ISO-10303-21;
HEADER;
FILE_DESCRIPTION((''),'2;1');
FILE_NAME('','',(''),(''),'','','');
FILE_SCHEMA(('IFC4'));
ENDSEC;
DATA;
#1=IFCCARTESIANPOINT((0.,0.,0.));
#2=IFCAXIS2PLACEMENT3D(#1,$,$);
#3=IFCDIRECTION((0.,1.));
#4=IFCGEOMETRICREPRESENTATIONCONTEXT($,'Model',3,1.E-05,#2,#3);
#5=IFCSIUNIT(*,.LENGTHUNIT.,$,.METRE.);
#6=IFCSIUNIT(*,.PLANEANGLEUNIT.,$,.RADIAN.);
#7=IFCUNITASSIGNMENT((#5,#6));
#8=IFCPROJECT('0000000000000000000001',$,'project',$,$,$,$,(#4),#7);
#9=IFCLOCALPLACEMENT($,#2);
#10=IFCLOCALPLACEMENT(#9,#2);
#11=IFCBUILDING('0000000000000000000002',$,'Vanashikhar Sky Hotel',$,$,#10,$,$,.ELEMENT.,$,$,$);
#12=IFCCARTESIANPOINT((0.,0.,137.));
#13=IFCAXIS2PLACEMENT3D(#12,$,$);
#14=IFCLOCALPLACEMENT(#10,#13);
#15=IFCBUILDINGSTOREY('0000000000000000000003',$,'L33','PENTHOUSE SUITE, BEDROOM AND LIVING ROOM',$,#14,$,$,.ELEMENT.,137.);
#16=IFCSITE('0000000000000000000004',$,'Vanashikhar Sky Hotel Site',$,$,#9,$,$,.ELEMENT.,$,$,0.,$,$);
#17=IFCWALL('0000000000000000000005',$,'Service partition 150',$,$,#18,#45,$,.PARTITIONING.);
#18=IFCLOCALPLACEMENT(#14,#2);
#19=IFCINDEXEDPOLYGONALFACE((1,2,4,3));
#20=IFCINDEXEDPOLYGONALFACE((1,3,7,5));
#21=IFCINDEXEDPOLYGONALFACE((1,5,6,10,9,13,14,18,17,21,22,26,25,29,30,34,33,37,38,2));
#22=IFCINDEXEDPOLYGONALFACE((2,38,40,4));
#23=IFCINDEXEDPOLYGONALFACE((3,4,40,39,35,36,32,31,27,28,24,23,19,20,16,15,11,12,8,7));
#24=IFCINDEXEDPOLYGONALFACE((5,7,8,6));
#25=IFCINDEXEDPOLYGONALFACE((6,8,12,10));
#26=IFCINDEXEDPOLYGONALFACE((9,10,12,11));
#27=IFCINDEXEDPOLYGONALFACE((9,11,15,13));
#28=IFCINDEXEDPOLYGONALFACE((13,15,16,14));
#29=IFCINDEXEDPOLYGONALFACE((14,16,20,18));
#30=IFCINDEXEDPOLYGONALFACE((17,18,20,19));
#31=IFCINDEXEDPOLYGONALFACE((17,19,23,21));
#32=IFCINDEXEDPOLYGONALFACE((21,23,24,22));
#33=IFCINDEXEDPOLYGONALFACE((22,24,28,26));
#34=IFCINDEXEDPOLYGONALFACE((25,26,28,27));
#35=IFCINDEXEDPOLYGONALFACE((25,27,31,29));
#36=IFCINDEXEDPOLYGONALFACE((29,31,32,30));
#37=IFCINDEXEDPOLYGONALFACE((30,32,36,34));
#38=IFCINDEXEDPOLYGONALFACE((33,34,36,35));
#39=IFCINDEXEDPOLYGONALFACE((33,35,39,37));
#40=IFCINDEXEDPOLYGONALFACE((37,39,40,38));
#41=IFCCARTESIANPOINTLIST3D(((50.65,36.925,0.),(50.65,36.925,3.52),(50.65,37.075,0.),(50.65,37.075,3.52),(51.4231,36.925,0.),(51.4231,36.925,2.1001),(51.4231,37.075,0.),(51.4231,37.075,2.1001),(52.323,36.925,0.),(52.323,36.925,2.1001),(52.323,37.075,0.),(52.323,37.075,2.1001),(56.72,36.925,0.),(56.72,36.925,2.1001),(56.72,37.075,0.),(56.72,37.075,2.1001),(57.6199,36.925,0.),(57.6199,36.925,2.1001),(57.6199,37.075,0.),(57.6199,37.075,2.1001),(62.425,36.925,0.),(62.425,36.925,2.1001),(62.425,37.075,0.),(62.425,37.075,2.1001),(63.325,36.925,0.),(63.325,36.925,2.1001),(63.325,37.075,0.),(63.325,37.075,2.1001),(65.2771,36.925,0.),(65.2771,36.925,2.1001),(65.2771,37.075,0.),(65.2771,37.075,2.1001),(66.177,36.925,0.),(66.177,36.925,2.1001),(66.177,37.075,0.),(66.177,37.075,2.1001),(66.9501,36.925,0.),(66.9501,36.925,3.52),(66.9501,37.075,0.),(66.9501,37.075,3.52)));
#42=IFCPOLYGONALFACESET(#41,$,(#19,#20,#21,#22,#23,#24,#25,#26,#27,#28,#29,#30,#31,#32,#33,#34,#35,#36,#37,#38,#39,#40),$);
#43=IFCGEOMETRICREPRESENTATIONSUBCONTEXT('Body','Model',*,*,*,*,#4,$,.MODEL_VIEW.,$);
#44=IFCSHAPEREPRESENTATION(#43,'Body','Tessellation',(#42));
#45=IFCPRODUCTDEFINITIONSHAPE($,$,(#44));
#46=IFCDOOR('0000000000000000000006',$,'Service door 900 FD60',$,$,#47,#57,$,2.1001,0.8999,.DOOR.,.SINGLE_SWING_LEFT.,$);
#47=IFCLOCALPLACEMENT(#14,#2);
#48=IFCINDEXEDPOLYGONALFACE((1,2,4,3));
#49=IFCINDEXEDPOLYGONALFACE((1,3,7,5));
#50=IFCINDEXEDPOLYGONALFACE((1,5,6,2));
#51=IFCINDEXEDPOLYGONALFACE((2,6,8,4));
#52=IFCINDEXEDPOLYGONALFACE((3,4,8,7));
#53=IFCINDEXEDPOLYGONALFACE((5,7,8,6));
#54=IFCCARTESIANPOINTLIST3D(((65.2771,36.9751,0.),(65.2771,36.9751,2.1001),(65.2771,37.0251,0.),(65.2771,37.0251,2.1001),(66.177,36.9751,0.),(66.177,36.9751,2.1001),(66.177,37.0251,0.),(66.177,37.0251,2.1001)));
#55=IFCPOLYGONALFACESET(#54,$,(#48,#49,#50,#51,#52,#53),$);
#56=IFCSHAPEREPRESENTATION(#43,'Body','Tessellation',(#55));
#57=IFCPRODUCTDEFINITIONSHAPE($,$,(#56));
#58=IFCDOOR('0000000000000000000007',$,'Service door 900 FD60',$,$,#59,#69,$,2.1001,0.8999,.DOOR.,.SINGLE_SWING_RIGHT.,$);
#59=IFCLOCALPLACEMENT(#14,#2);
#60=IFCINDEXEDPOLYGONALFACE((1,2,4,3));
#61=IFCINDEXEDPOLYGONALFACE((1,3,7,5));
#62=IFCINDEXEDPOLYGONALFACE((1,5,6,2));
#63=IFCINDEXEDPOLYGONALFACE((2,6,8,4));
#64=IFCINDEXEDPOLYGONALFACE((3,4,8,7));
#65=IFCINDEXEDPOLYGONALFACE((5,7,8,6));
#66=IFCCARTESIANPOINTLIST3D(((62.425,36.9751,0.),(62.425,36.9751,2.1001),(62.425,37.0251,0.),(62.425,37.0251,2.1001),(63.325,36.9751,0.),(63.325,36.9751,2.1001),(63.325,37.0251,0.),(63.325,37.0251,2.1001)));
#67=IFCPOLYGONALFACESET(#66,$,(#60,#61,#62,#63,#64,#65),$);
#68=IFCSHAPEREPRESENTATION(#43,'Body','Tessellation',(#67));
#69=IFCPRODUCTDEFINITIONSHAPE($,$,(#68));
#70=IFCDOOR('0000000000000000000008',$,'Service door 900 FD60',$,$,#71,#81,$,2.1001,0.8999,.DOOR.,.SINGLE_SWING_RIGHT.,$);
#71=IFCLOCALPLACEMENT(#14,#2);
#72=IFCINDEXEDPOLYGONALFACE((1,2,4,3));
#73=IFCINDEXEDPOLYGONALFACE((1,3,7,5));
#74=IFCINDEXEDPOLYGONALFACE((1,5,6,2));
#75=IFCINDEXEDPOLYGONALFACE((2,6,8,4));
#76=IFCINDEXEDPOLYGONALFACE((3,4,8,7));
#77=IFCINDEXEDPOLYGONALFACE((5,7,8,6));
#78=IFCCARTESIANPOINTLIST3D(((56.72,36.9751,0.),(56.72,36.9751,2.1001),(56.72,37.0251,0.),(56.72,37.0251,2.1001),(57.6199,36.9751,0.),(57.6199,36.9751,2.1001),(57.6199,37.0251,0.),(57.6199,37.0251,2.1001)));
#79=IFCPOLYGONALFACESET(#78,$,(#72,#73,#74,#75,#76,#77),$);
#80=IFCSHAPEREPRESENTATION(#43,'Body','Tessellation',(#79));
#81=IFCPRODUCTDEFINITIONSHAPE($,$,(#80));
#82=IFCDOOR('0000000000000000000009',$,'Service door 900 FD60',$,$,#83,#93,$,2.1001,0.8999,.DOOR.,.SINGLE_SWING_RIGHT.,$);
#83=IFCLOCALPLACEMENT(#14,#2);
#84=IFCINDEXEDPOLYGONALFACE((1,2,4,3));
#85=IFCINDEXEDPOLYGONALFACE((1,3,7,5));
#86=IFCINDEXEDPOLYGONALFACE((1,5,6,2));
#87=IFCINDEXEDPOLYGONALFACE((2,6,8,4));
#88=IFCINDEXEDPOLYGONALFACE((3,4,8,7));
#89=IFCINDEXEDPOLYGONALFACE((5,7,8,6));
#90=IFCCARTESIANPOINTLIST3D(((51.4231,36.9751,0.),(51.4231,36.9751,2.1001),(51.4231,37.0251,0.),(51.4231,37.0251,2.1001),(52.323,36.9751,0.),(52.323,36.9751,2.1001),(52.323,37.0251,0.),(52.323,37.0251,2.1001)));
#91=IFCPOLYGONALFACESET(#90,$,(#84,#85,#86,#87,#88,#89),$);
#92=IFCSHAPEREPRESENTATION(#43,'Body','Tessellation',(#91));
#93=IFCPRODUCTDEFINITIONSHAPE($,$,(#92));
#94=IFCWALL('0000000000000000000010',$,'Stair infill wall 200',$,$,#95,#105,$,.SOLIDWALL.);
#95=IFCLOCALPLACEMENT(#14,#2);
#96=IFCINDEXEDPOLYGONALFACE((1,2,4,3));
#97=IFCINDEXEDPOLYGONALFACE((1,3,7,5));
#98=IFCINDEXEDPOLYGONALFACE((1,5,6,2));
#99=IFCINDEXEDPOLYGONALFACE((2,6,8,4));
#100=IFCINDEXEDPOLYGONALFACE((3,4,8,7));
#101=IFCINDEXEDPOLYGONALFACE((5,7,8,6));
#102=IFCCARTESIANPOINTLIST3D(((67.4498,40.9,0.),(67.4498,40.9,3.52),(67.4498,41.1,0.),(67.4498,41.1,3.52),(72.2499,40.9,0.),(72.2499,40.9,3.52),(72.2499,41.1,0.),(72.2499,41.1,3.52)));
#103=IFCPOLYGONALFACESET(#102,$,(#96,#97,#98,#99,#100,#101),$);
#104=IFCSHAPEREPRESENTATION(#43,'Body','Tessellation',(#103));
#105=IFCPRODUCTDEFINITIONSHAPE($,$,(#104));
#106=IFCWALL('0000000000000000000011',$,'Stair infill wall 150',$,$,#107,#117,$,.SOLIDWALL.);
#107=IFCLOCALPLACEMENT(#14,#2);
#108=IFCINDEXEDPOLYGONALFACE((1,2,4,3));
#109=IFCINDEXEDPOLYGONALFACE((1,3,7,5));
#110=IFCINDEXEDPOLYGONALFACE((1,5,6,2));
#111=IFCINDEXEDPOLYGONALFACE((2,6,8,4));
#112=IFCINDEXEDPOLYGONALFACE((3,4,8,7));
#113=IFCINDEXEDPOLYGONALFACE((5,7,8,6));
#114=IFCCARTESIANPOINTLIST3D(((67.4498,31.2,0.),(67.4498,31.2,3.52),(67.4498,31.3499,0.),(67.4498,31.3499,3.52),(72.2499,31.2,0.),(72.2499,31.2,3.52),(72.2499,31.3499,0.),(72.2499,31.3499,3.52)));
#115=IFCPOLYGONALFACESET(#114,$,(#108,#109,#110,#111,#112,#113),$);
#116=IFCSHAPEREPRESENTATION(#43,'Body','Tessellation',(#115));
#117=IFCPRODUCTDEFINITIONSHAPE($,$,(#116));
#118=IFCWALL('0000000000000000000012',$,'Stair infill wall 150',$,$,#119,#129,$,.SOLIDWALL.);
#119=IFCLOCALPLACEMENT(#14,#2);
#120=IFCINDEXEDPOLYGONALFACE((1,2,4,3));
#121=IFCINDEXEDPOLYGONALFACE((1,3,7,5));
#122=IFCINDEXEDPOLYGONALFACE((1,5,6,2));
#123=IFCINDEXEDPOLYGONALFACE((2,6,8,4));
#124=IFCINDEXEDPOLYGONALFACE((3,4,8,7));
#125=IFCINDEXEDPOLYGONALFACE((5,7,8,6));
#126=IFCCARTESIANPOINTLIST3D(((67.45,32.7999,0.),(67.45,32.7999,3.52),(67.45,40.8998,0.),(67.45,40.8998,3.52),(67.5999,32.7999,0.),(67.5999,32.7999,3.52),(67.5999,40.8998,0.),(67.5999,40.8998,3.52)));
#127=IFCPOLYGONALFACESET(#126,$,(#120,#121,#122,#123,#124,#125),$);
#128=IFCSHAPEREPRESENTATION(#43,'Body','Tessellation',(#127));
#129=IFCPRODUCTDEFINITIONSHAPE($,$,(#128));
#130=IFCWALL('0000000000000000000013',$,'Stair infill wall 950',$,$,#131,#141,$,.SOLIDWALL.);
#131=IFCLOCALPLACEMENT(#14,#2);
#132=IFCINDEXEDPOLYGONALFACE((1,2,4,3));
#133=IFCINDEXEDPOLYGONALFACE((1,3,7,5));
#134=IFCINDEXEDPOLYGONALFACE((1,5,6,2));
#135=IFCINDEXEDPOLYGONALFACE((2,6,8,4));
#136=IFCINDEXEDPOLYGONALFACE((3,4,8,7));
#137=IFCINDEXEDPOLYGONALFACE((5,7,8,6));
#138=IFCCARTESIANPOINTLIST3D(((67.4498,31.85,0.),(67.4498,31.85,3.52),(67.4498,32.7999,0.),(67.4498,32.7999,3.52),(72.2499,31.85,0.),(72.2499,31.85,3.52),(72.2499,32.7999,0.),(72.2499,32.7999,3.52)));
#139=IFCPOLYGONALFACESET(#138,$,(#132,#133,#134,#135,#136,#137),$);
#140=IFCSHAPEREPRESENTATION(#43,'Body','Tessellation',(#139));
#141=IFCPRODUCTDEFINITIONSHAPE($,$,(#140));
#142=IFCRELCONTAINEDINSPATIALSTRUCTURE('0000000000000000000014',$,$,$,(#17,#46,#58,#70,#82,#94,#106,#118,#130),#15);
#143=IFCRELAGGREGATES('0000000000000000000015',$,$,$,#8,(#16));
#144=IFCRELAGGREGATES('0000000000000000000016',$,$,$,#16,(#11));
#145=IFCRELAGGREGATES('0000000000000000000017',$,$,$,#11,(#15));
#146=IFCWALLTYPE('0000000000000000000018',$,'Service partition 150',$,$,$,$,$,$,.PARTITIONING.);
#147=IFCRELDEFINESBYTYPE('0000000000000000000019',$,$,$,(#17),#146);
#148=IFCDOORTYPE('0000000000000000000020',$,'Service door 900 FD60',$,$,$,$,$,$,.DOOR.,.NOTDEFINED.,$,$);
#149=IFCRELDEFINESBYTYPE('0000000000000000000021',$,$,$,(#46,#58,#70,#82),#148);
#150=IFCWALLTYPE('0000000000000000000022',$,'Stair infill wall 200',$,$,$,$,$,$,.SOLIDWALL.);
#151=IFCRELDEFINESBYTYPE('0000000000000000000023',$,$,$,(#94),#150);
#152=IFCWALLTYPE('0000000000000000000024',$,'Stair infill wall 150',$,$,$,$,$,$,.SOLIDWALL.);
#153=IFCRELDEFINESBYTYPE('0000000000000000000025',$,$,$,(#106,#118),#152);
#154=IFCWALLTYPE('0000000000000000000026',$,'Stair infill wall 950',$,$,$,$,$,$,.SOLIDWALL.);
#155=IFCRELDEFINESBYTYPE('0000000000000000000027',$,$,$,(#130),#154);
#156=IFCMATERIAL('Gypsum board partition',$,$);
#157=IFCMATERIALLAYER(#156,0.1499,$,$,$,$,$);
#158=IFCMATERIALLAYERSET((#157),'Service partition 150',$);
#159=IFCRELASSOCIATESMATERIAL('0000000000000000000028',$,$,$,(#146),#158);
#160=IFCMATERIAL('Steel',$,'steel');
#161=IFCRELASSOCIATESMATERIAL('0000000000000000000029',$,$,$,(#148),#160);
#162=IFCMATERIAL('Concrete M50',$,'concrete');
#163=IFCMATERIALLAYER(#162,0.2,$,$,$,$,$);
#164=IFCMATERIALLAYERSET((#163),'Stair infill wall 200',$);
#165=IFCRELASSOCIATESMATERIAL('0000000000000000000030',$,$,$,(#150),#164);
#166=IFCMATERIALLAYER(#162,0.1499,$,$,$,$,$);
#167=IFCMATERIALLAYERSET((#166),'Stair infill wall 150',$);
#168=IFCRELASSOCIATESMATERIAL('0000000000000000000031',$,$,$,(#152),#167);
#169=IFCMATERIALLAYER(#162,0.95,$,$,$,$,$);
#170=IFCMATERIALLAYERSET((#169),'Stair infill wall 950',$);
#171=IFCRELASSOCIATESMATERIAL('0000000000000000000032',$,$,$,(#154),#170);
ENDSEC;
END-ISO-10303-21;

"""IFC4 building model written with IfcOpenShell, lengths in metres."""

from ifc_helpers import new_model, si_unit, direction, frame, frame_2d, origin, place, context, subcontext, project, spatial, rectangle, extrude, source, transform, mapped, material, layer, layer_set, type_object, element, fill, save


model = new_model("IFC4")

# Units and contexts
model_context = context("Model", 3, precision=1e-05, world=origin(), true_north=direction((0.0, 1.0)))
body_context = subcontext(model_context, "Body", "Model", "MODEL_VIEW")
ifc_project = project(units=[si_unit("LENGTHUNIT", "METRE"), si_unit("PLANEANGLEUNIT", "RADIAN")], contexts=[model_context])

# Site, building, storey
site_placement = place(None, origin())
site = spatial("IfcSite", under=ifc_project, at=site_placement, Name="Vanashikhar Sky Hotel Site", CompositionType="ELEMENT", RefElevation=0.0)
building_placement = place(site_placement, origin())
building = spatial("IfcBuilding", under=site, at=building_placement, Name="Vanashikhar Sky Hotel", CompositionType="ELEMENT")
storey_placement = place(building_placement, frame((0.0, 0.0, 137.0)))
storey = spatial("IfcBuildingStorey", under=building, at=storey_placement, Name="L33", Description="PENTHOUSE SUITE, BEDROOM AND LIVING ROOM", CompositionType="ELEMENT", Elevation=137.0)

# Shared definitions
ifc_material_1 = material(Name="Gypsum board partition")
ifc_layer_1 = layer(ifc_material_1, 0.1499)
ifc_layer_set_1 = layer_set([ifc_layer_1], Name="Service partition 150")
wall_type_1 = type_object("IfcWallType", Name="Service partition 150", PredefinedType="PARTITIONING", material=ifc_layer_set_1)
shared_shape_1 = source(origin(), body_context, "Body", "SweptSolid", [
    extrude(rectangle(XDim=0.8999, YDim=2.1001, at=frame_2d((0.45, 1.05))), frame((0.0, 0.085, 0.0), z_axis=(0.0, -1.0, 0.0), x_axis=(1.0, 0.0, 0.0)), (0.0, 0.0, 1.0), 0.1699),
])
ifc_material_2 = material(Name="Steel", Category="steel")
door_type_1 = type_object("IfcDoorType", Name="Service door 900 FD60", OperationType="NOTDEFINED", PredefinedType="DOOR", material=ifc_material_2)
shared_shape_2 = source(origin(), body_context, "Body", "SweptSolid", [
    extrude(rectangle(XDim=0.8999, YDim=2.1001, at=frame_2d((0.45, 1.05))), frame((0.0, 0.0249, 0.0), z_axis=(0.0, -1.0, 0.0), x_axis=(1.0, 0.0, 0.0)), (0.0, 0.0, 1.0), 0.05),
])

# Wall, openings, doors
shared_shape_3 = source(origin(), body_context, "Body", "SweptSolid", [
    extrude(rectangle(XDim=16.3, YDim=0.1499, at=frame_2d((8.1499, 0.0))), origin(), (0.0, 0.0, 1.0), 3.52),
])
wall_1_placement = place(storey_placement, frame((66.95, 37.0, 0.0), z_axis=(0.0, 0.0, 1.0), x_axis=(-1.0, 0.0, 0.0)))
wall_1 = element("IfcWall", 1, at=wall_1_placement, inside=storey, type_object=wall_type_1, Name="Service partition 150", PredefinedType="PARTITIONING", context=body_context, shape_type="MappedRepresentation", body=[
    mapped(shared_shape_3, transform((0.0, 0.0, 0.0), scale=1.0)),
])
opening_1_placement = place(wall_1_placement, frame((0.7729, 0.0, 0.0)))
opening_1 = element("IfcOpeningElement", 2, at=opening_1_placement, cuts=wall_1, PredefinedType="OPENING", context=body_context, shape_type="MappedRepresentation", body=[
    mapped(shared_shape_1, transform((0.0, 0.0, 0.0), scale=1.0)),
])
opening_2_placement = place(wall_1_placement, frame((3.625, 0.0, 0.0)))
opening_2 = element("IfcOpeningElement", 3, at=opening_2_placement, cuts=wall_1, PredefinedType="OPENING", context=body_context, shape_type="MappedRepresentation", body=[
    mapped(shared_shape_1, transform((0.0, 0.0, 0.0), scale=1.0)),
])
opening_3_placement = place(wall_1_placement, frame((9.3301, 0.0, 0.0)))
opening_3 = element("IfcOpeningElement", 4, at=opening_3_placement, cuts=wall_1, PredefinedType="OPENING", context=body_context, shape_type="MappedRepresentation", body=[
    mapped(shared_shape_1, transform((0.0, 0.0, 0.0), scale=1.0)),
])
opening_4_placement = place(wall_1_placement, frame((14.627, 0.0, 0.0)))
opening_4 = element("IfcOpeningElement", 5, at=opening_4_placement, cuts=wall_1, PredefinedType="OPENING", context=body_context, shape_type="MappedRepresentation", body=[
    mapped(shared_shape_1, transform((0.0, 0.0, 0.0), scale=1.0)),
])
door_1_placement = place(opening_1_placement, origin())
door_1 = element("IfcDoor", 6, at=door_1_placement, inside=storey, type_object=door_type_1, Name="Service door 900 FD60", OperationType="SINGLE_SWING_LEFT", OverallHeight=2.1001, OverallWidth=0.8999, PredefinedType="DOOR", context=body_context, shape_type="MappedRepresentation", body=[
    mapped(shared_shape_2, transform((0.0, 0.0, 0.0), scale=1.0)),
])
fill(opening_1, door_1)
door_2_placement = place(opening_2_placement, origin())
door_2 = element("IfcDoor", 7, at=door_2_placement, inside=storey, type_object=door_type_1, Name="Service door 900 FD60", OperationType="SINGLE_SWING_RIGHT", OverallHeight=2.1001, OverallWidth=0.8999, PredefinedType="DOOR", context=body_context, shape_type="MappedRepresentation", body=[
    mapped(shared_shape_2, transform((0.0, 0.0, 0.0), scale=1.0)),
])
fill(opening_2, door_2)
door_3_placement = place(opening_3_placement, origin())
door_3 = element("IfcDoor", 8, at=door_3_placement, inside=storey, type_object=door_type_1, Name="Service door 900 FD60", OperationType="SINGLE_SWING_RIGHT", OverallHeight=2.1001, OverallWidth=0.8999, PredefinedType="DOOR", context=body_context, shape_type="MappedRepresentation", body=[
    mapped(shared_shape_2, transform((0.0, 0.0, 0.0), scale=1.0)),
])
fill(opening_3, door_3)
door_4_placement = place(opening_4_placement, origin())
door_4 = element("IfcDoor", 9, at=door_4_placement, inside=storey, type_object=door_type_1, Name="Service door 900 FD60", OperationType="SINGLE_SWING_RIGHT", OverallHeight=2.1001, OverallWidth=0.8999, PredefinedType="DOOR", context=body_context, shape_type="MappedRepresentation", body=[
    mapped(shared_shape_2, transform((0.0, 0.0, 0.0), scale=1.0)),
])
fill(opening_4, door_4)

# Walls
ifc_material_3 = material(Name="Concrete M50", Category="concrete")
ifc_layer_2 = layer(ifc_material_3, 0.2)
ifc_layer_set_2 = layer_set([ifc_layer_2], Name="Stair infill wall 200")
wall_type_2 = type_object("IfcWallType", Name="Stair infill wall 200", PredefinedType="SOLIDWALL", material=ifc_layer_set_2)
shared_shape_4 = source(origin(), body_context, "Body", "SweptSolid", [
    extrude(rectangle(XDim=4.8, YDim=0.2, at=frame_2d((2.3999, 0.0))), origin(), (0.0, 0.0, 1.0), 3.52),
])
wall_2_placement = place(storey_placement, frame((67.45, 41.0, 0.0), z_axis=(0.0, 0.0, 1.0), x_axis=(1.0, 0.0, 0.0)))
element("IfcWall", 10, at=wall_2_placement, inside=storey, type_object=wall_type_2, Name="Stair infill wall 200", PredefinedType="SOLIDWALL", context=body_context, shape_type="MappedRepresentation", body=[
    mapped(shared_shape_4, transform((0.0, 0.0, 0.0), scale=1.0)),
])
ifc_layer_3 = layer(ifc_material_3, 0.1499)
ifc_layer_set_3 = layer_set([ifc_layer_3], Name="Stair infill wall 150")
wall_type_3 = type_object("IfcWallType", Name="Stair infill wall 150", PredefinedType="SOLIDWALL", material=ifc_layer_set_3)
shared_shape_5 = source(origin(), body_context, "Body", "SweptSolid", [
    extrude(rectangle(XDim=4.8, YDim=0.1499, at=frame_2d((2.3999, 0.0))), origin(), (0.0, 0.0, 1.0), 3.52),
])
wall_3_placement = place(storey_placement, frame((67.45, 31.2749, 0.0), z_axis=(0.0, 0.0, 1.0), x_axis=(1.0, 0.0, 0.0)))
element("IfcWall", 11, at=wall_3_placement, inside=storey, type_object=wall_type_3, Name="Stair infill wall 150", PredefinedType="SOLIDWALL", context=body_context, shape_type="MappedRepresentation", body=[
    mapped(shared_shape_5, transform((0.0, 0.0, 0.0), scale=1.0)),
])
shared_shape_6 = source(origin(), body_context, "Body", "SweptSolid", [
    extrude(rectangle(XDim=8.0999, YDim=0.1499, at=frame_2d((4.0498, 0.0))), origin(), (0.0, 0.0, 1.0), 3.52),
])
wall_4_placement = place(storey_placement, frame((67.5249, 32.8, 0.0), z_axis=(0.0, 0.0, 1.0), x_axis=(0.0, 1.0, 0.0)))
element("IfcWall", 12, at=wall_4_placement, inside=storey, type_object=wall_type_3, Name="Stair infill wall 150", PredefinedType="SOLIDWALL", context=body_context, shape_type="MappedRepresentation", body=[
    mapped(shared_shape_6, transform((0.0, 0.0, 0.0), scale=1.0)),
])
ifc_layer_4 = layer(ifc_material_3, 0.95)
ifc_layer_set_4 = layer_set([ifc_layer_4], Name="Stair infill wall 950")
wall_type_4 = type_object("IfcWallType", Name="Stair infill wall 950", PredefinedType="SOLIDWALL", material=ifc_layer_set_4)
shared_shape_7 = source(origin(), body_context, "Body", "SweptSolid", [
    extrude(rectangle(XDim=4.8, YDim=0.95, at=frame_2d((2.3999, 0.0))), origin(), (0.0, 0.0, 1.0), 3.52),
])
wall_5_placement = place(storey_placement, frame((67.45, 32.325, 0.0), z_axis=(0.0, 0.0, 1.0), x_axis=(1.0, 0.0, 0.0)))
element("IfcWall", 13, at=wall_5_placement, inside=storey, type_object=wall_type_4, Name="Stair infill wall 950", PredefinedType="SOLIDWALL", context=body_context, shape_type="MappedRepresentation", body=[
    mapped(shared_shape_7, transform((0.0, 0.0, 0.0), scale=1.0)),
])

save(model, "model.ifc")
